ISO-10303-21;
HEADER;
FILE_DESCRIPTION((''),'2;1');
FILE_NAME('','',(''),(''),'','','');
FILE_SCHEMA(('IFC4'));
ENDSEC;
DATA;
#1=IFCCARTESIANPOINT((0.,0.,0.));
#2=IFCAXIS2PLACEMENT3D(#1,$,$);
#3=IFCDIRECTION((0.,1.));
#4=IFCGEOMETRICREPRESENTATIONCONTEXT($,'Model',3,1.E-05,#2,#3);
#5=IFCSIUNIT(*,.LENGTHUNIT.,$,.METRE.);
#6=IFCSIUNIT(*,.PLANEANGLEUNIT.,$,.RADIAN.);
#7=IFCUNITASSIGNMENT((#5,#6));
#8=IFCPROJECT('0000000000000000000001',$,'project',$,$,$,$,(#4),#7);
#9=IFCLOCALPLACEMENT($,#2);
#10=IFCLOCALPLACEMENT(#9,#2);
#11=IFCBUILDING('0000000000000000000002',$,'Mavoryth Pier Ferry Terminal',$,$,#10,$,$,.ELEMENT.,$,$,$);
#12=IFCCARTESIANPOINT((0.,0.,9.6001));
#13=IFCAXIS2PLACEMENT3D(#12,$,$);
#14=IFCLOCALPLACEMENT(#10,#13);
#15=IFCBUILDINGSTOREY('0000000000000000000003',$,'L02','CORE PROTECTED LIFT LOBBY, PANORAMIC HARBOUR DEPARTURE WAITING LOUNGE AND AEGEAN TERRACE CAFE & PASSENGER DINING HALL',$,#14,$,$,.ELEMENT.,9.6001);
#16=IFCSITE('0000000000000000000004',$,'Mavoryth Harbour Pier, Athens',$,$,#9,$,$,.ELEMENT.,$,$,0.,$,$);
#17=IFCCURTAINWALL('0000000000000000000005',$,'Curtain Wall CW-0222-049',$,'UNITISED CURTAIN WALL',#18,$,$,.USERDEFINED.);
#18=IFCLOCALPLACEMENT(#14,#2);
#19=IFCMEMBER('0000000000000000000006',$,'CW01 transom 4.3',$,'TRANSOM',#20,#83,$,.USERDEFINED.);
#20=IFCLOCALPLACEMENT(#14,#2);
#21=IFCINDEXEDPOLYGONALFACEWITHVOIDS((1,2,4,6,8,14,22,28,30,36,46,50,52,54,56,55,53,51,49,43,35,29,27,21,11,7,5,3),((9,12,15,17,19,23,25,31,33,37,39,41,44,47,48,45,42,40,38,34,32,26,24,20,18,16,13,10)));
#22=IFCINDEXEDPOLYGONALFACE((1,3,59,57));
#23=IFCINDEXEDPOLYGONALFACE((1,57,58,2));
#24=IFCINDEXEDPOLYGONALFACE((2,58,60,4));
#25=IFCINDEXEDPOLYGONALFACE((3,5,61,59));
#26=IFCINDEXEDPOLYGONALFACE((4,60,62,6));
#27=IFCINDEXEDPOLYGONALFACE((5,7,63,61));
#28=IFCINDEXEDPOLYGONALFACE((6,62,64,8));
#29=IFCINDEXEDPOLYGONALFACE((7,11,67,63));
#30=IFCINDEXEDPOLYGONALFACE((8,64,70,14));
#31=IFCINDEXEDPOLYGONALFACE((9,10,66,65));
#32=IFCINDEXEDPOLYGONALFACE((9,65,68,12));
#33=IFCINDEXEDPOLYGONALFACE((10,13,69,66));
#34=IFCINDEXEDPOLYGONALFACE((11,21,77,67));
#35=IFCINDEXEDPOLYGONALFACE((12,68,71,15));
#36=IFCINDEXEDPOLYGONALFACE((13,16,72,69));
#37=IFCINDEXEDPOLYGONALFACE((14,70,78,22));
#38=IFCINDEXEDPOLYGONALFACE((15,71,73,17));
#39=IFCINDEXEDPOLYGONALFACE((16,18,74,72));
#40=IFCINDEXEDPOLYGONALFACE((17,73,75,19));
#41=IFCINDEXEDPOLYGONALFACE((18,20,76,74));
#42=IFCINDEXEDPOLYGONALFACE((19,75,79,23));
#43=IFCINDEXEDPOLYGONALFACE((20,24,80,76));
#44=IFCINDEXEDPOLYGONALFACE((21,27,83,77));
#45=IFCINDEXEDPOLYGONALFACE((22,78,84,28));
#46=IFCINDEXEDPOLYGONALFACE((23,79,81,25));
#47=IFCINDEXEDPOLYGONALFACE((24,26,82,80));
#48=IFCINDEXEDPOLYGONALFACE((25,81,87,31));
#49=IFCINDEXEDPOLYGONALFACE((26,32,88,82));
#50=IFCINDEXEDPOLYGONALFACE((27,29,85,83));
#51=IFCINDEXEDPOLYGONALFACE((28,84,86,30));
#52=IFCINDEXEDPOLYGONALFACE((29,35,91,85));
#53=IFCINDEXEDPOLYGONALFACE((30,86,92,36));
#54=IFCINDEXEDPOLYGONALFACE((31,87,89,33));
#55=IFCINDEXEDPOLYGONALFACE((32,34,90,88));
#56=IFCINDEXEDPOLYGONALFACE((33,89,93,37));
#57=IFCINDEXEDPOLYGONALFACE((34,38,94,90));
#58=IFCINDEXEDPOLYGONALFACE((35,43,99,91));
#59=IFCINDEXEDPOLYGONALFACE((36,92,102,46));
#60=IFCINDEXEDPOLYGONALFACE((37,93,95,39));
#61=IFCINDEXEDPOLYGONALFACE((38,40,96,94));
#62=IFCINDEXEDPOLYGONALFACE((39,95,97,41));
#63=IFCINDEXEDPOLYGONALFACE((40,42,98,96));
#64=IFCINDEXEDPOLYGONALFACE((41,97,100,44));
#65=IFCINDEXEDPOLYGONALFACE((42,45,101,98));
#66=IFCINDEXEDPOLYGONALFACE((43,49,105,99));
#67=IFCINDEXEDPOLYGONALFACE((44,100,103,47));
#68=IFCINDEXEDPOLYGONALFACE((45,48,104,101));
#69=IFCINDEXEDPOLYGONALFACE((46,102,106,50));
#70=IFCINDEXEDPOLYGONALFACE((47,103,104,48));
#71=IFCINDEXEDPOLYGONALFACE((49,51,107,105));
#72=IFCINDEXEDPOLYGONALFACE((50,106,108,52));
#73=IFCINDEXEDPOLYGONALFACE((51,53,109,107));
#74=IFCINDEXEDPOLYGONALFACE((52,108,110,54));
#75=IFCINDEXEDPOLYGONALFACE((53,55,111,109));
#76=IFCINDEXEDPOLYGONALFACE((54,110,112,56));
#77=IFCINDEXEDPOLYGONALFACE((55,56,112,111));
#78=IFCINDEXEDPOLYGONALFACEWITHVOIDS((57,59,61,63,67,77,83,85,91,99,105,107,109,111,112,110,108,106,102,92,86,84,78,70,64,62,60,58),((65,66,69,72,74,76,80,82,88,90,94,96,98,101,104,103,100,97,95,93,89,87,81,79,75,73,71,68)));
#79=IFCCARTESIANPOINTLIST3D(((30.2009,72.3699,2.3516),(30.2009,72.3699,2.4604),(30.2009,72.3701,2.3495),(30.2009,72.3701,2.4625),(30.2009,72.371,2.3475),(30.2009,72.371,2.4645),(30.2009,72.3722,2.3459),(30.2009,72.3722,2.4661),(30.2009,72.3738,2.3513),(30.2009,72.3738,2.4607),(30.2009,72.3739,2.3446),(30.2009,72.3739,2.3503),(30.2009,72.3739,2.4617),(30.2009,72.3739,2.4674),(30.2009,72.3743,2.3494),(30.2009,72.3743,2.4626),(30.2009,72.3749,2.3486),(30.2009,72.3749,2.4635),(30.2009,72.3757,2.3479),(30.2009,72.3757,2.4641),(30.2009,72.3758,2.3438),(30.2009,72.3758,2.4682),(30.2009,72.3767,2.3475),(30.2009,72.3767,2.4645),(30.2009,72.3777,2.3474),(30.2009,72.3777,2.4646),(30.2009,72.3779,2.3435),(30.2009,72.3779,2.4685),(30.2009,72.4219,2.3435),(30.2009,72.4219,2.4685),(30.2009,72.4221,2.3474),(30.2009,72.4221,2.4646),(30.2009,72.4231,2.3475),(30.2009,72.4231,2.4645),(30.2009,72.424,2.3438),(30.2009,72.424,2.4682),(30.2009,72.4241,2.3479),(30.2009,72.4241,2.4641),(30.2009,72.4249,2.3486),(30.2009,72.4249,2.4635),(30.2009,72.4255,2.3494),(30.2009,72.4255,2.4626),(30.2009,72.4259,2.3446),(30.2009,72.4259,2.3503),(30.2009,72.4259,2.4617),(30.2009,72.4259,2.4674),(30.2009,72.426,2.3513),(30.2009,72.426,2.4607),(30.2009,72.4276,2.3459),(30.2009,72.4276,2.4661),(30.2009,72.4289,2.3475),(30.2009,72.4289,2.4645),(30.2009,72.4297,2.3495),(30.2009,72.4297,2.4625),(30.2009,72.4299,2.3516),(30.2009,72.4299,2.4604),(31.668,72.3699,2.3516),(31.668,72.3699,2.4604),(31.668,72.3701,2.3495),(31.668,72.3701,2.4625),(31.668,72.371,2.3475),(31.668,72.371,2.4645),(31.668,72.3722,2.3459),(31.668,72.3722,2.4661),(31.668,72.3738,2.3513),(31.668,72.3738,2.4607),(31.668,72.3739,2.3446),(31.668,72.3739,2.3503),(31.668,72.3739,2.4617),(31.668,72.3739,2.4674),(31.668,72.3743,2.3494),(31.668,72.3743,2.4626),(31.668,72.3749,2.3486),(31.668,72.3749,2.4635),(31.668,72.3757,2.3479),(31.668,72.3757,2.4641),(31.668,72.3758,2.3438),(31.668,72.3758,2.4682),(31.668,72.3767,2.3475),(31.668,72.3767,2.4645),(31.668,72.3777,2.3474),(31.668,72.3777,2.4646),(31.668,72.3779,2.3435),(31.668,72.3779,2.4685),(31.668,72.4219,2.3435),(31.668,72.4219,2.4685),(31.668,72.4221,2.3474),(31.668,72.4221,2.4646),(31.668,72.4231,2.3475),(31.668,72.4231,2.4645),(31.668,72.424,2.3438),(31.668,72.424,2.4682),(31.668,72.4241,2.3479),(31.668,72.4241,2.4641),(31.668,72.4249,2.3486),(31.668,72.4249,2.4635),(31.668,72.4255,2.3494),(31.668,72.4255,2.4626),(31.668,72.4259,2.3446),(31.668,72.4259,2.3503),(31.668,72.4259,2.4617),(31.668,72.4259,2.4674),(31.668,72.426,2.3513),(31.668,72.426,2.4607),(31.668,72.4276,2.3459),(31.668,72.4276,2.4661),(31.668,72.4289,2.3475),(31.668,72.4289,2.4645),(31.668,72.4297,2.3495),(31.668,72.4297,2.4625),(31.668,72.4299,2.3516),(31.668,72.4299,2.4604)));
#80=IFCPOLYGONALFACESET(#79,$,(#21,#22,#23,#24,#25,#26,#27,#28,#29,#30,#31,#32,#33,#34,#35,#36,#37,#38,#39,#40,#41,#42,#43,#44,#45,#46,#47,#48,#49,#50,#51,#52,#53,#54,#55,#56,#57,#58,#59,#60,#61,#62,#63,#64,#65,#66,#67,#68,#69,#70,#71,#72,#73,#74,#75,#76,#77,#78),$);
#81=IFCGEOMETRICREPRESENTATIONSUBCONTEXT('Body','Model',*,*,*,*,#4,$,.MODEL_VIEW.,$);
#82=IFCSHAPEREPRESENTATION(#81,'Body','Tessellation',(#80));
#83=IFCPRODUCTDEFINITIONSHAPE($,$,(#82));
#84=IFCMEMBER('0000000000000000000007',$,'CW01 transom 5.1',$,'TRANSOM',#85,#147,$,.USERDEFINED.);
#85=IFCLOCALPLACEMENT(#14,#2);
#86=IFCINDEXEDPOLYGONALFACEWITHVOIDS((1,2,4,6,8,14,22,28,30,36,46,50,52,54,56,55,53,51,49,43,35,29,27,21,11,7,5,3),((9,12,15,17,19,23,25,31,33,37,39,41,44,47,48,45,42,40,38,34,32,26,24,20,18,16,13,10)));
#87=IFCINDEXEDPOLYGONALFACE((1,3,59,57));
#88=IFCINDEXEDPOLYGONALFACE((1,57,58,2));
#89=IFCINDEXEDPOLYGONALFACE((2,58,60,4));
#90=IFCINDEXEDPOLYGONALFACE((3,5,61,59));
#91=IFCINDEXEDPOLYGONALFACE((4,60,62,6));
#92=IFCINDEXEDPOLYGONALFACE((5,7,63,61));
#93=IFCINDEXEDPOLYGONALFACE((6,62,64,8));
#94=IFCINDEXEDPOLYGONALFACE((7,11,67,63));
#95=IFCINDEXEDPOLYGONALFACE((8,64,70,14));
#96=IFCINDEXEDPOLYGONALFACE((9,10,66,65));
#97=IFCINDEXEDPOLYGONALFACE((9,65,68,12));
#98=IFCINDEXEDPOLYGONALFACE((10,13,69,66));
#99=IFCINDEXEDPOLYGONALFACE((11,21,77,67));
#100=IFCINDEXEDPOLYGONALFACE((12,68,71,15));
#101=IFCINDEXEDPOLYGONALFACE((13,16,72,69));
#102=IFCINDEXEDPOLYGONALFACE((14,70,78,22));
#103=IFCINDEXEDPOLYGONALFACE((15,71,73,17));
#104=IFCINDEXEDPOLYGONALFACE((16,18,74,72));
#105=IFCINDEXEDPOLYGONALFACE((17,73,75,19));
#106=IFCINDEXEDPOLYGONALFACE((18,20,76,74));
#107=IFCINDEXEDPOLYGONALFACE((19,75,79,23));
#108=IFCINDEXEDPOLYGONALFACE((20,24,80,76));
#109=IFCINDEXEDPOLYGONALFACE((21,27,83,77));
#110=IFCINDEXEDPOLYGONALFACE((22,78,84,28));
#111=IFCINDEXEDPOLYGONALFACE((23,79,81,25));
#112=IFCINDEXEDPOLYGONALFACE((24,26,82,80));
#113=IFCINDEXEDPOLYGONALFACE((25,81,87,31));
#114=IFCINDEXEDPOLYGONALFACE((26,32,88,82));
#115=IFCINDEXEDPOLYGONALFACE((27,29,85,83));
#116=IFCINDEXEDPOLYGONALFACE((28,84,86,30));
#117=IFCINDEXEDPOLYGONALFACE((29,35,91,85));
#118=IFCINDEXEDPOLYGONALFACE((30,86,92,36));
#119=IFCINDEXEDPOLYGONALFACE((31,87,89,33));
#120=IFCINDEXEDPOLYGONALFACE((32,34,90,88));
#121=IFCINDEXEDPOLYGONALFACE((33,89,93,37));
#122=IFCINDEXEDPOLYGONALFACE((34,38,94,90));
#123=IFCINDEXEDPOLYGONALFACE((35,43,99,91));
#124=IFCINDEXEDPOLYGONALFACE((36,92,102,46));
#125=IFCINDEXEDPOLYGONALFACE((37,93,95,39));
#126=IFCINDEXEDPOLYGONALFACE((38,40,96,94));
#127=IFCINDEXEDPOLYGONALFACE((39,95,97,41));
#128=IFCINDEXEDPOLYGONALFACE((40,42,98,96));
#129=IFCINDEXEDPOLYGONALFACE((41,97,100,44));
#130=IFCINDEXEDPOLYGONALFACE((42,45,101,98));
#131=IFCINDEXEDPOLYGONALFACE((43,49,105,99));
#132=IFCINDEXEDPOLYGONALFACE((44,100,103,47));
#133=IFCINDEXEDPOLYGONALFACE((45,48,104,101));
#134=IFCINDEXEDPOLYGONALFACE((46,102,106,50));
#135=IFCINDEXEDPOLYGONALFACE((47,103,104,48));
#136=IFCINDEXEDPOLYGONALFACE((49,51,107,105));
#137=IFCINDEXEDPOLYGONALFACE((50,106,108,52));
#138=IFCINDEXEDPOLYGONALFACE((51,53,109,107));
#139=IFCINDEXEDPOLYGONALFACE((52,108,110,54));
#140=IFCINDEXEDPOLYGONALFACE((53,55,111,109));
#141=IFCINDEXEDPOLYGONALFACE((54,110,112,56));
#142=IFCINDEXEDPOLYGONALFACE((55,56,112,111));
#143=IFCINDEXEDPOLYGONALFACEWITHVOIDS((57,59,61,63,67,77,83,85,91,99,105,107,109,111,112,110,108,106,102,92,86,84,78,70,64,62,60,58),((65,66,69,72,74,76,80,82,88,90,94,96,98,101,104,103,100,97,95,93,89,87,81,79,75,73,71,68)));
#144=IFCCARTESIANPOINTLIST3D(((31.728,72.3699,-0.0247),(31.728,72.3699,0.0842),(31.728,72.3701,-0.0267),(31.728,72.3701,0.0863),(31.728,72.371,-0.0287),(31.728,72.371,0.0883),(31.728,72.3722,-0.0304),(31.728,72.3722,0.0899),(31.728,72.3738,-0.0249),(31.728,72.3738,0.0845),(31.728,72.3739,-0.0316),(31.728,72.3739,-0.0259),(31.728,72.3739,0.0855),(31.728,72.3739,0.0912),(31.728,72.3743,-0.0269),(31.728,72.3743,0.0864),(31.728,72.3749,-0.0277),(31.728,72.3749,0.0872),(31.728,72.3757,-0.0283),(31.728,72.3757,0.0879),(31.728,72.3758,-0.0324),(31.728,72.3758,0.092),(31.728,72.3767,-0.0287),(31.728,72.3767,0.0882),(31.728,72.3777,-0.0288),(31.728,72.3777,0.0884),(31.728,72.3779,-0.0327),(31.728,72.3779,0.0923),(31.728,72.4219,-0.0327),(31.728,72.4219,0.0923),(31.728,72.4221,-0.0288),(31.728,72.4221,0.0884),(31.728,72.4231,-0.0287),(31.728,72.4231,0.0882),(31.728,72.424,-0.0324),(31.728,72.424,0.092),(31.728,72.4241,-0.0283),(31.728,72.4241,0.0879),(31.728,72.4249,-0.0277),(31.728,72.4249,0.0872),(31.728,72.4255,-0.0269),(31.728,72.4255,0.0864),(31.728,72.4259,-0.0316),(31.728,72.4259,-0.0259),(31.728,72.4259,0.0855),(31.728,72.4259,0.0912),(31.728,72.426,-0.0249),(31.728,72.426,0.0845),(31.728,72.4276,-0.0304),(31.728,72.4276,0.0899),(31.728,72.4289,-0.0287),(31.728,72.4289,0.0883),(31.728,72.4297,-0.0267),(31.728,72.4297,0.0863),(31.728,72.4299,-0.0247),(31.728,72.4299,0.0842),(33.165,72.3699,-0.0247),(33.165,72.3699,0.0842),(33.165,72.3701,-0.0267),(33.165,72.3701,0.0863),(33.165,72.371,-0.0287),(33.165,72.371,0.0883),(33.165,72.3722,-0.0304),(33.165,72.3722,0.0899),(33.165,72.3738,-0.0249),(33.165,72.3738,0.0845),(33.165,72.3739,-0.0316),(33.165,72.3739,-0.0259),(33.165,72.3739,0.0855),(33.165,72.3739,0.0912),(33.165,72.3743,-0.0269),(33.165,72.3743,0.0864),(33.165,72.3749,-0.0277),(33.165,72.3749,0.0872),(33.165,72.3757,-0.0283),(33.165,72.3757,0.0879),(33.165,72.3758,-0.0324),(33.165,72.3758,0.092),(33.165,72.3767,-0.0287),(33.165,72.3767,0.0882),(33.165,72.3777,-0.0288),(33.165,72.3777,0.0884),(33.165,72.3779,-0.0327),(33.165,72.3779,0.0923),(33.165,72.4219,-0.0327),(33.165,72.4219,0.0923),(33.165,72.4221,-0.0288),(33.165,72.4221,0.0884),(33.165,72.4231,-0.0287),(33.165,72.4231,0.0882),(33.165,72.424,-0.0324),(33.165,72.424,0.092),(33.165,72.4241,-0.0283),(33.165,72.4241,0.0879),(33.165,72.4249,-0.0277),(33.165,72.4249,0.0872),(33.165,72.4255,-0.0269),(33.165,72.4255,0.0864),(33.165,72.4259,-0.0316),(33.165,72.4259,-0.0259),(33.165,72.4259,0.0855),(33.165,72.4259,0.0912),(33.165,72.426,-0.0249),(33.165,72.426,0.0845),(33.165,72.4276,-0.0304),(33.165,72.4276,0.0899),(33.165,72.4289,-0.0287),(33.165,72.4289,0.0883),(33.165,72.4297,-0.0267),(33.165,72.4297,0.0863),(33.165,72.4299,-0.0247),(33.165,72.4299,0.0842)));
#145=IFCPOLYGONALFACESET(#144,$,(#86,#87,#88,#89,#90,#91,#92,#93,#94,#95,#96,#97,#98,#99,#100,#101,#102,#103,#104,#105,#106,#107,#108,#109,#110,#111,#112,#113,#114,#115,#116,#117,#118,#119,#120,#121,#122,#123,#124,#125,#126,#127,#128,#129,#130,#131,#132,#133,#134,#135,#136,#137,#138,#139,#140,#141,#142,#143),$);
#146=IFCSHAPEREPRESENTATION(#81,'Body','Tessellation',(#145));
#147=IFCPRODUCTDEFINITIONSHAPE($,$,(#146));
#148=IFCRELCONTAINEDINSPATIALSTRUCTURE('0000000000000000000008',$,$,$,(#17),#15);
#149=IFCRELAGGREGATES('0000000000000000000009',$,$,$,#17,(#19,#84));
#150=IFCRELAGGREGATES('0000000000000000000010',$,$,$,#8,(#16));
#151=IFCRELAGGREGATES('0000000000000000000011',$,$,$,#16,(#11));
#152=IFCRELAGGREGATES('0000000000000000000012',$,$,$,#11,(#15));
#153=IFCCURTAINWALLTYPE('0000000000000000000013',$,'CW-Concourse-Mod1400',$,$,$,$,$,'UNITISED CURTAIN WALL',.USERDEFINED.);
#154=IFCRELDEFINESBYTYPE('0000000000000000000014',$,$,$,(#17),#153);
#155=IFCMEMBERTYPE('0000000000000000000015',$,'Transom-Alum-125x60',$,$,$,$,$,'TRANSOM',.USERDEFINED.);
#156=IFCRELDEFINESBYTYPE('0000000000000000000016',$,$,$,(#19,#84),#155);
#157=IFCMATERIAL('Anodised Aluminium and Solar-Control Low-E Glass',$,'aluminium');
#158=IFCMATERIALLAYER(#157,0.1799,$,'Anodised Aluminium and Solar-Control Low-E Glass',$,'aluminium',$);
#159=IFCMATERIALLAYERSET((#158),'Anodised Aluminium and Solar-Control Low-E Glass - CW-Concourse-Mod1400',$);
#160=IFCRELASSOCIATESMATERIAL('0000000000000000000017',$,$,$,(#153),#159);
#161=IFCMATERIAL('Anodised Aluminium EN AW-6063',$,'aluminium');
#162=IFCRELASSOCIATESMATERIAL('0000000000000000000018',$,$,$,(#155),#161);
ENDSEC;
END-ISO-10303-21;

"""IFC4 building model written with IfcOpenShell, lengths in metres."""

from ifc_helpers import new_model, si_unit, direction, frame, origin, origin_2d, place, context, subcontext, project, spatial, hollow_rectangle, extrude, material, layer, layer_set, material_profile, profile_set, type_object, element, aggregate, save


model = new_model("IFC4")

# Units and contexts
model_context = context("Model", 3, precision=1e-05, world=origin(), true_north=direction((0.0, 1.0)))
body_context = subcontext(model_context, "Body", "Model", "MODEL_VIEW")
ifc_project = project(units=[si_unit("LENGTHUNIT", "METRE"), si_unit("PLANEANGLEUNIT", "RADIAN")], contexts=[model_context])

# Site, building, storey
site_placement = place(None, origin())
site = spatial("IfcSite", under=ifc_project, at=site_placement, Name="Mavoryth Harbour Pier, Athens", CompositionType="ELEMENT", RefElevation=0.0)
building_placement = place(site_placement, origin())
building = spatial("IfcBuilding", under=site, at=building_placement, Name="Mavoryth Pier Ferry Terminal", CompositionType="ELEMENT")
storey_placement = place(building_placement, frame((0.0, 0.0, 9.6001)))
storey = spatial("IfcBuildingStorey", under=building, at=storey_placement, Name="L02", Description="CORE PROTECTED LIFT LOBBY, PANORAMIC HARBOUR DEPARTURE WAITING LOUNGE AND AEGEAN TERRACE CAFE & PASSENGER DINING HALL", CompositionType="ELEMENT", Elevation=9.6001)

# Shared definitions
ifc_material_1 = material(Name="Anodised Aluminium and Solar-Control Low-E Glass", Category="aluminium")
ifc_layer_1 = layer(ifc_material_1, 0.1799, Name="Anodised Aluminium and Solar-Control Low-E Glass", Category="aluminium")
ifc_layer_set_1 = layer_set([ifc_layer_1], Name="Anodised Aluminium and Solar-Control Low-E Glass - CW-Concourse-Mod1400")
curtain_wall_type = type_object("IfcCurtainWallType", Name="CW-Concourse-Mod1400", ElementType="UNITISED CURTAIN WALL", PredefinedType="USERDEFINED", material=ifc_layer_set_1)
ifc_material_2 = material(Name="Anodised Aluminium EN AW-6063", Category="aluminium")

# Curtain wall
curtain_wall_1_placement = place(storey_placement, origin())
curtain_wall_1 = element("IfcCurtainWall", 1, at=curtain_wall_1_placement, inside=storey, type_object=curtain_wall_type, Name="Curtain Wall CW-0222-049", ObjectType="UNITISED CURTAIN WALL", PredefinedType="USERDEFINED")

# Members
ifc_material_profile_1 = material_profile(ifc_material_2, hollow_rectangle(XDim=0.0601, YDim=0.125, WallThickness=0.0039, InnerFilletRadius=0.0039, OuterFilletRadius=0.0081, at=origin_2d()), Name="AL-TRAN 125x60x4", Category="aluminium")
ifc_profile_set_1 = profile_set([ifc_material_profile_1], Name="Anodised Aluminium EN AW-6063 - AL-TRAN 125x60x4")
member_type_1 = type_object("IfcMemberType", Name="Transom-Alum-125x60", ElementType="TRANSOM", PredefinedType="USERDEFINED", material=ifc_profile_set_1)
member_1_placement = place(storey_placement, frame((30.2009, 72.3999, 2.406), z_axis=(1.0, 0.0, 0.0), x_axis=(0.0, 1.0, 0.0)))
member_1 = element("IfcMember", 2, at=member_1_placement, type_object=member_type_1, Name="CW01 transom 4.3", ObjectType="TRANSOM", PredefinedType="USERDEFINED", context=body_context, shape_type="SweptSolid", body=[
    extrude(hollow_rectangle(XDim=0.0601, YDim=0.125, WallThickness=0.0039, InnerFilletRadius=0.0039, OuterFilletRadius=0.0081, at=origin_2d()), origin(), (0.0, 0.0, 1.0), 1.467),
])
member_2_placement = place(storey_placement, frame((31.728, 72.3999, 0.0298), z_axis=(1.0, 0.0, 0.0), x_axis=(0.0, 1.0, 0.0)))
member_2 = element("IfcMember", 3, at=member_2_placement, type_object=member_type_1, Name="CW01 transom 5.1", ObjectType="TRANSOM", PredefinedType="USERDEFINED", context=body_context, shape_type="SweptSolid", body=[
    extrude(hollow_rectangle(XDim=0.0601, YDim=0.125, WallThickness=0.0039, InnerFilletRadius=0.0039, OuterFilletRadius=0.0081, at=origin_2d()), origin(), (0.0, 0.0, 1.0), 1.437),
])

aggregate(curtain_wall_1, [member_1, member_2])

save(model, "model.ifc")
